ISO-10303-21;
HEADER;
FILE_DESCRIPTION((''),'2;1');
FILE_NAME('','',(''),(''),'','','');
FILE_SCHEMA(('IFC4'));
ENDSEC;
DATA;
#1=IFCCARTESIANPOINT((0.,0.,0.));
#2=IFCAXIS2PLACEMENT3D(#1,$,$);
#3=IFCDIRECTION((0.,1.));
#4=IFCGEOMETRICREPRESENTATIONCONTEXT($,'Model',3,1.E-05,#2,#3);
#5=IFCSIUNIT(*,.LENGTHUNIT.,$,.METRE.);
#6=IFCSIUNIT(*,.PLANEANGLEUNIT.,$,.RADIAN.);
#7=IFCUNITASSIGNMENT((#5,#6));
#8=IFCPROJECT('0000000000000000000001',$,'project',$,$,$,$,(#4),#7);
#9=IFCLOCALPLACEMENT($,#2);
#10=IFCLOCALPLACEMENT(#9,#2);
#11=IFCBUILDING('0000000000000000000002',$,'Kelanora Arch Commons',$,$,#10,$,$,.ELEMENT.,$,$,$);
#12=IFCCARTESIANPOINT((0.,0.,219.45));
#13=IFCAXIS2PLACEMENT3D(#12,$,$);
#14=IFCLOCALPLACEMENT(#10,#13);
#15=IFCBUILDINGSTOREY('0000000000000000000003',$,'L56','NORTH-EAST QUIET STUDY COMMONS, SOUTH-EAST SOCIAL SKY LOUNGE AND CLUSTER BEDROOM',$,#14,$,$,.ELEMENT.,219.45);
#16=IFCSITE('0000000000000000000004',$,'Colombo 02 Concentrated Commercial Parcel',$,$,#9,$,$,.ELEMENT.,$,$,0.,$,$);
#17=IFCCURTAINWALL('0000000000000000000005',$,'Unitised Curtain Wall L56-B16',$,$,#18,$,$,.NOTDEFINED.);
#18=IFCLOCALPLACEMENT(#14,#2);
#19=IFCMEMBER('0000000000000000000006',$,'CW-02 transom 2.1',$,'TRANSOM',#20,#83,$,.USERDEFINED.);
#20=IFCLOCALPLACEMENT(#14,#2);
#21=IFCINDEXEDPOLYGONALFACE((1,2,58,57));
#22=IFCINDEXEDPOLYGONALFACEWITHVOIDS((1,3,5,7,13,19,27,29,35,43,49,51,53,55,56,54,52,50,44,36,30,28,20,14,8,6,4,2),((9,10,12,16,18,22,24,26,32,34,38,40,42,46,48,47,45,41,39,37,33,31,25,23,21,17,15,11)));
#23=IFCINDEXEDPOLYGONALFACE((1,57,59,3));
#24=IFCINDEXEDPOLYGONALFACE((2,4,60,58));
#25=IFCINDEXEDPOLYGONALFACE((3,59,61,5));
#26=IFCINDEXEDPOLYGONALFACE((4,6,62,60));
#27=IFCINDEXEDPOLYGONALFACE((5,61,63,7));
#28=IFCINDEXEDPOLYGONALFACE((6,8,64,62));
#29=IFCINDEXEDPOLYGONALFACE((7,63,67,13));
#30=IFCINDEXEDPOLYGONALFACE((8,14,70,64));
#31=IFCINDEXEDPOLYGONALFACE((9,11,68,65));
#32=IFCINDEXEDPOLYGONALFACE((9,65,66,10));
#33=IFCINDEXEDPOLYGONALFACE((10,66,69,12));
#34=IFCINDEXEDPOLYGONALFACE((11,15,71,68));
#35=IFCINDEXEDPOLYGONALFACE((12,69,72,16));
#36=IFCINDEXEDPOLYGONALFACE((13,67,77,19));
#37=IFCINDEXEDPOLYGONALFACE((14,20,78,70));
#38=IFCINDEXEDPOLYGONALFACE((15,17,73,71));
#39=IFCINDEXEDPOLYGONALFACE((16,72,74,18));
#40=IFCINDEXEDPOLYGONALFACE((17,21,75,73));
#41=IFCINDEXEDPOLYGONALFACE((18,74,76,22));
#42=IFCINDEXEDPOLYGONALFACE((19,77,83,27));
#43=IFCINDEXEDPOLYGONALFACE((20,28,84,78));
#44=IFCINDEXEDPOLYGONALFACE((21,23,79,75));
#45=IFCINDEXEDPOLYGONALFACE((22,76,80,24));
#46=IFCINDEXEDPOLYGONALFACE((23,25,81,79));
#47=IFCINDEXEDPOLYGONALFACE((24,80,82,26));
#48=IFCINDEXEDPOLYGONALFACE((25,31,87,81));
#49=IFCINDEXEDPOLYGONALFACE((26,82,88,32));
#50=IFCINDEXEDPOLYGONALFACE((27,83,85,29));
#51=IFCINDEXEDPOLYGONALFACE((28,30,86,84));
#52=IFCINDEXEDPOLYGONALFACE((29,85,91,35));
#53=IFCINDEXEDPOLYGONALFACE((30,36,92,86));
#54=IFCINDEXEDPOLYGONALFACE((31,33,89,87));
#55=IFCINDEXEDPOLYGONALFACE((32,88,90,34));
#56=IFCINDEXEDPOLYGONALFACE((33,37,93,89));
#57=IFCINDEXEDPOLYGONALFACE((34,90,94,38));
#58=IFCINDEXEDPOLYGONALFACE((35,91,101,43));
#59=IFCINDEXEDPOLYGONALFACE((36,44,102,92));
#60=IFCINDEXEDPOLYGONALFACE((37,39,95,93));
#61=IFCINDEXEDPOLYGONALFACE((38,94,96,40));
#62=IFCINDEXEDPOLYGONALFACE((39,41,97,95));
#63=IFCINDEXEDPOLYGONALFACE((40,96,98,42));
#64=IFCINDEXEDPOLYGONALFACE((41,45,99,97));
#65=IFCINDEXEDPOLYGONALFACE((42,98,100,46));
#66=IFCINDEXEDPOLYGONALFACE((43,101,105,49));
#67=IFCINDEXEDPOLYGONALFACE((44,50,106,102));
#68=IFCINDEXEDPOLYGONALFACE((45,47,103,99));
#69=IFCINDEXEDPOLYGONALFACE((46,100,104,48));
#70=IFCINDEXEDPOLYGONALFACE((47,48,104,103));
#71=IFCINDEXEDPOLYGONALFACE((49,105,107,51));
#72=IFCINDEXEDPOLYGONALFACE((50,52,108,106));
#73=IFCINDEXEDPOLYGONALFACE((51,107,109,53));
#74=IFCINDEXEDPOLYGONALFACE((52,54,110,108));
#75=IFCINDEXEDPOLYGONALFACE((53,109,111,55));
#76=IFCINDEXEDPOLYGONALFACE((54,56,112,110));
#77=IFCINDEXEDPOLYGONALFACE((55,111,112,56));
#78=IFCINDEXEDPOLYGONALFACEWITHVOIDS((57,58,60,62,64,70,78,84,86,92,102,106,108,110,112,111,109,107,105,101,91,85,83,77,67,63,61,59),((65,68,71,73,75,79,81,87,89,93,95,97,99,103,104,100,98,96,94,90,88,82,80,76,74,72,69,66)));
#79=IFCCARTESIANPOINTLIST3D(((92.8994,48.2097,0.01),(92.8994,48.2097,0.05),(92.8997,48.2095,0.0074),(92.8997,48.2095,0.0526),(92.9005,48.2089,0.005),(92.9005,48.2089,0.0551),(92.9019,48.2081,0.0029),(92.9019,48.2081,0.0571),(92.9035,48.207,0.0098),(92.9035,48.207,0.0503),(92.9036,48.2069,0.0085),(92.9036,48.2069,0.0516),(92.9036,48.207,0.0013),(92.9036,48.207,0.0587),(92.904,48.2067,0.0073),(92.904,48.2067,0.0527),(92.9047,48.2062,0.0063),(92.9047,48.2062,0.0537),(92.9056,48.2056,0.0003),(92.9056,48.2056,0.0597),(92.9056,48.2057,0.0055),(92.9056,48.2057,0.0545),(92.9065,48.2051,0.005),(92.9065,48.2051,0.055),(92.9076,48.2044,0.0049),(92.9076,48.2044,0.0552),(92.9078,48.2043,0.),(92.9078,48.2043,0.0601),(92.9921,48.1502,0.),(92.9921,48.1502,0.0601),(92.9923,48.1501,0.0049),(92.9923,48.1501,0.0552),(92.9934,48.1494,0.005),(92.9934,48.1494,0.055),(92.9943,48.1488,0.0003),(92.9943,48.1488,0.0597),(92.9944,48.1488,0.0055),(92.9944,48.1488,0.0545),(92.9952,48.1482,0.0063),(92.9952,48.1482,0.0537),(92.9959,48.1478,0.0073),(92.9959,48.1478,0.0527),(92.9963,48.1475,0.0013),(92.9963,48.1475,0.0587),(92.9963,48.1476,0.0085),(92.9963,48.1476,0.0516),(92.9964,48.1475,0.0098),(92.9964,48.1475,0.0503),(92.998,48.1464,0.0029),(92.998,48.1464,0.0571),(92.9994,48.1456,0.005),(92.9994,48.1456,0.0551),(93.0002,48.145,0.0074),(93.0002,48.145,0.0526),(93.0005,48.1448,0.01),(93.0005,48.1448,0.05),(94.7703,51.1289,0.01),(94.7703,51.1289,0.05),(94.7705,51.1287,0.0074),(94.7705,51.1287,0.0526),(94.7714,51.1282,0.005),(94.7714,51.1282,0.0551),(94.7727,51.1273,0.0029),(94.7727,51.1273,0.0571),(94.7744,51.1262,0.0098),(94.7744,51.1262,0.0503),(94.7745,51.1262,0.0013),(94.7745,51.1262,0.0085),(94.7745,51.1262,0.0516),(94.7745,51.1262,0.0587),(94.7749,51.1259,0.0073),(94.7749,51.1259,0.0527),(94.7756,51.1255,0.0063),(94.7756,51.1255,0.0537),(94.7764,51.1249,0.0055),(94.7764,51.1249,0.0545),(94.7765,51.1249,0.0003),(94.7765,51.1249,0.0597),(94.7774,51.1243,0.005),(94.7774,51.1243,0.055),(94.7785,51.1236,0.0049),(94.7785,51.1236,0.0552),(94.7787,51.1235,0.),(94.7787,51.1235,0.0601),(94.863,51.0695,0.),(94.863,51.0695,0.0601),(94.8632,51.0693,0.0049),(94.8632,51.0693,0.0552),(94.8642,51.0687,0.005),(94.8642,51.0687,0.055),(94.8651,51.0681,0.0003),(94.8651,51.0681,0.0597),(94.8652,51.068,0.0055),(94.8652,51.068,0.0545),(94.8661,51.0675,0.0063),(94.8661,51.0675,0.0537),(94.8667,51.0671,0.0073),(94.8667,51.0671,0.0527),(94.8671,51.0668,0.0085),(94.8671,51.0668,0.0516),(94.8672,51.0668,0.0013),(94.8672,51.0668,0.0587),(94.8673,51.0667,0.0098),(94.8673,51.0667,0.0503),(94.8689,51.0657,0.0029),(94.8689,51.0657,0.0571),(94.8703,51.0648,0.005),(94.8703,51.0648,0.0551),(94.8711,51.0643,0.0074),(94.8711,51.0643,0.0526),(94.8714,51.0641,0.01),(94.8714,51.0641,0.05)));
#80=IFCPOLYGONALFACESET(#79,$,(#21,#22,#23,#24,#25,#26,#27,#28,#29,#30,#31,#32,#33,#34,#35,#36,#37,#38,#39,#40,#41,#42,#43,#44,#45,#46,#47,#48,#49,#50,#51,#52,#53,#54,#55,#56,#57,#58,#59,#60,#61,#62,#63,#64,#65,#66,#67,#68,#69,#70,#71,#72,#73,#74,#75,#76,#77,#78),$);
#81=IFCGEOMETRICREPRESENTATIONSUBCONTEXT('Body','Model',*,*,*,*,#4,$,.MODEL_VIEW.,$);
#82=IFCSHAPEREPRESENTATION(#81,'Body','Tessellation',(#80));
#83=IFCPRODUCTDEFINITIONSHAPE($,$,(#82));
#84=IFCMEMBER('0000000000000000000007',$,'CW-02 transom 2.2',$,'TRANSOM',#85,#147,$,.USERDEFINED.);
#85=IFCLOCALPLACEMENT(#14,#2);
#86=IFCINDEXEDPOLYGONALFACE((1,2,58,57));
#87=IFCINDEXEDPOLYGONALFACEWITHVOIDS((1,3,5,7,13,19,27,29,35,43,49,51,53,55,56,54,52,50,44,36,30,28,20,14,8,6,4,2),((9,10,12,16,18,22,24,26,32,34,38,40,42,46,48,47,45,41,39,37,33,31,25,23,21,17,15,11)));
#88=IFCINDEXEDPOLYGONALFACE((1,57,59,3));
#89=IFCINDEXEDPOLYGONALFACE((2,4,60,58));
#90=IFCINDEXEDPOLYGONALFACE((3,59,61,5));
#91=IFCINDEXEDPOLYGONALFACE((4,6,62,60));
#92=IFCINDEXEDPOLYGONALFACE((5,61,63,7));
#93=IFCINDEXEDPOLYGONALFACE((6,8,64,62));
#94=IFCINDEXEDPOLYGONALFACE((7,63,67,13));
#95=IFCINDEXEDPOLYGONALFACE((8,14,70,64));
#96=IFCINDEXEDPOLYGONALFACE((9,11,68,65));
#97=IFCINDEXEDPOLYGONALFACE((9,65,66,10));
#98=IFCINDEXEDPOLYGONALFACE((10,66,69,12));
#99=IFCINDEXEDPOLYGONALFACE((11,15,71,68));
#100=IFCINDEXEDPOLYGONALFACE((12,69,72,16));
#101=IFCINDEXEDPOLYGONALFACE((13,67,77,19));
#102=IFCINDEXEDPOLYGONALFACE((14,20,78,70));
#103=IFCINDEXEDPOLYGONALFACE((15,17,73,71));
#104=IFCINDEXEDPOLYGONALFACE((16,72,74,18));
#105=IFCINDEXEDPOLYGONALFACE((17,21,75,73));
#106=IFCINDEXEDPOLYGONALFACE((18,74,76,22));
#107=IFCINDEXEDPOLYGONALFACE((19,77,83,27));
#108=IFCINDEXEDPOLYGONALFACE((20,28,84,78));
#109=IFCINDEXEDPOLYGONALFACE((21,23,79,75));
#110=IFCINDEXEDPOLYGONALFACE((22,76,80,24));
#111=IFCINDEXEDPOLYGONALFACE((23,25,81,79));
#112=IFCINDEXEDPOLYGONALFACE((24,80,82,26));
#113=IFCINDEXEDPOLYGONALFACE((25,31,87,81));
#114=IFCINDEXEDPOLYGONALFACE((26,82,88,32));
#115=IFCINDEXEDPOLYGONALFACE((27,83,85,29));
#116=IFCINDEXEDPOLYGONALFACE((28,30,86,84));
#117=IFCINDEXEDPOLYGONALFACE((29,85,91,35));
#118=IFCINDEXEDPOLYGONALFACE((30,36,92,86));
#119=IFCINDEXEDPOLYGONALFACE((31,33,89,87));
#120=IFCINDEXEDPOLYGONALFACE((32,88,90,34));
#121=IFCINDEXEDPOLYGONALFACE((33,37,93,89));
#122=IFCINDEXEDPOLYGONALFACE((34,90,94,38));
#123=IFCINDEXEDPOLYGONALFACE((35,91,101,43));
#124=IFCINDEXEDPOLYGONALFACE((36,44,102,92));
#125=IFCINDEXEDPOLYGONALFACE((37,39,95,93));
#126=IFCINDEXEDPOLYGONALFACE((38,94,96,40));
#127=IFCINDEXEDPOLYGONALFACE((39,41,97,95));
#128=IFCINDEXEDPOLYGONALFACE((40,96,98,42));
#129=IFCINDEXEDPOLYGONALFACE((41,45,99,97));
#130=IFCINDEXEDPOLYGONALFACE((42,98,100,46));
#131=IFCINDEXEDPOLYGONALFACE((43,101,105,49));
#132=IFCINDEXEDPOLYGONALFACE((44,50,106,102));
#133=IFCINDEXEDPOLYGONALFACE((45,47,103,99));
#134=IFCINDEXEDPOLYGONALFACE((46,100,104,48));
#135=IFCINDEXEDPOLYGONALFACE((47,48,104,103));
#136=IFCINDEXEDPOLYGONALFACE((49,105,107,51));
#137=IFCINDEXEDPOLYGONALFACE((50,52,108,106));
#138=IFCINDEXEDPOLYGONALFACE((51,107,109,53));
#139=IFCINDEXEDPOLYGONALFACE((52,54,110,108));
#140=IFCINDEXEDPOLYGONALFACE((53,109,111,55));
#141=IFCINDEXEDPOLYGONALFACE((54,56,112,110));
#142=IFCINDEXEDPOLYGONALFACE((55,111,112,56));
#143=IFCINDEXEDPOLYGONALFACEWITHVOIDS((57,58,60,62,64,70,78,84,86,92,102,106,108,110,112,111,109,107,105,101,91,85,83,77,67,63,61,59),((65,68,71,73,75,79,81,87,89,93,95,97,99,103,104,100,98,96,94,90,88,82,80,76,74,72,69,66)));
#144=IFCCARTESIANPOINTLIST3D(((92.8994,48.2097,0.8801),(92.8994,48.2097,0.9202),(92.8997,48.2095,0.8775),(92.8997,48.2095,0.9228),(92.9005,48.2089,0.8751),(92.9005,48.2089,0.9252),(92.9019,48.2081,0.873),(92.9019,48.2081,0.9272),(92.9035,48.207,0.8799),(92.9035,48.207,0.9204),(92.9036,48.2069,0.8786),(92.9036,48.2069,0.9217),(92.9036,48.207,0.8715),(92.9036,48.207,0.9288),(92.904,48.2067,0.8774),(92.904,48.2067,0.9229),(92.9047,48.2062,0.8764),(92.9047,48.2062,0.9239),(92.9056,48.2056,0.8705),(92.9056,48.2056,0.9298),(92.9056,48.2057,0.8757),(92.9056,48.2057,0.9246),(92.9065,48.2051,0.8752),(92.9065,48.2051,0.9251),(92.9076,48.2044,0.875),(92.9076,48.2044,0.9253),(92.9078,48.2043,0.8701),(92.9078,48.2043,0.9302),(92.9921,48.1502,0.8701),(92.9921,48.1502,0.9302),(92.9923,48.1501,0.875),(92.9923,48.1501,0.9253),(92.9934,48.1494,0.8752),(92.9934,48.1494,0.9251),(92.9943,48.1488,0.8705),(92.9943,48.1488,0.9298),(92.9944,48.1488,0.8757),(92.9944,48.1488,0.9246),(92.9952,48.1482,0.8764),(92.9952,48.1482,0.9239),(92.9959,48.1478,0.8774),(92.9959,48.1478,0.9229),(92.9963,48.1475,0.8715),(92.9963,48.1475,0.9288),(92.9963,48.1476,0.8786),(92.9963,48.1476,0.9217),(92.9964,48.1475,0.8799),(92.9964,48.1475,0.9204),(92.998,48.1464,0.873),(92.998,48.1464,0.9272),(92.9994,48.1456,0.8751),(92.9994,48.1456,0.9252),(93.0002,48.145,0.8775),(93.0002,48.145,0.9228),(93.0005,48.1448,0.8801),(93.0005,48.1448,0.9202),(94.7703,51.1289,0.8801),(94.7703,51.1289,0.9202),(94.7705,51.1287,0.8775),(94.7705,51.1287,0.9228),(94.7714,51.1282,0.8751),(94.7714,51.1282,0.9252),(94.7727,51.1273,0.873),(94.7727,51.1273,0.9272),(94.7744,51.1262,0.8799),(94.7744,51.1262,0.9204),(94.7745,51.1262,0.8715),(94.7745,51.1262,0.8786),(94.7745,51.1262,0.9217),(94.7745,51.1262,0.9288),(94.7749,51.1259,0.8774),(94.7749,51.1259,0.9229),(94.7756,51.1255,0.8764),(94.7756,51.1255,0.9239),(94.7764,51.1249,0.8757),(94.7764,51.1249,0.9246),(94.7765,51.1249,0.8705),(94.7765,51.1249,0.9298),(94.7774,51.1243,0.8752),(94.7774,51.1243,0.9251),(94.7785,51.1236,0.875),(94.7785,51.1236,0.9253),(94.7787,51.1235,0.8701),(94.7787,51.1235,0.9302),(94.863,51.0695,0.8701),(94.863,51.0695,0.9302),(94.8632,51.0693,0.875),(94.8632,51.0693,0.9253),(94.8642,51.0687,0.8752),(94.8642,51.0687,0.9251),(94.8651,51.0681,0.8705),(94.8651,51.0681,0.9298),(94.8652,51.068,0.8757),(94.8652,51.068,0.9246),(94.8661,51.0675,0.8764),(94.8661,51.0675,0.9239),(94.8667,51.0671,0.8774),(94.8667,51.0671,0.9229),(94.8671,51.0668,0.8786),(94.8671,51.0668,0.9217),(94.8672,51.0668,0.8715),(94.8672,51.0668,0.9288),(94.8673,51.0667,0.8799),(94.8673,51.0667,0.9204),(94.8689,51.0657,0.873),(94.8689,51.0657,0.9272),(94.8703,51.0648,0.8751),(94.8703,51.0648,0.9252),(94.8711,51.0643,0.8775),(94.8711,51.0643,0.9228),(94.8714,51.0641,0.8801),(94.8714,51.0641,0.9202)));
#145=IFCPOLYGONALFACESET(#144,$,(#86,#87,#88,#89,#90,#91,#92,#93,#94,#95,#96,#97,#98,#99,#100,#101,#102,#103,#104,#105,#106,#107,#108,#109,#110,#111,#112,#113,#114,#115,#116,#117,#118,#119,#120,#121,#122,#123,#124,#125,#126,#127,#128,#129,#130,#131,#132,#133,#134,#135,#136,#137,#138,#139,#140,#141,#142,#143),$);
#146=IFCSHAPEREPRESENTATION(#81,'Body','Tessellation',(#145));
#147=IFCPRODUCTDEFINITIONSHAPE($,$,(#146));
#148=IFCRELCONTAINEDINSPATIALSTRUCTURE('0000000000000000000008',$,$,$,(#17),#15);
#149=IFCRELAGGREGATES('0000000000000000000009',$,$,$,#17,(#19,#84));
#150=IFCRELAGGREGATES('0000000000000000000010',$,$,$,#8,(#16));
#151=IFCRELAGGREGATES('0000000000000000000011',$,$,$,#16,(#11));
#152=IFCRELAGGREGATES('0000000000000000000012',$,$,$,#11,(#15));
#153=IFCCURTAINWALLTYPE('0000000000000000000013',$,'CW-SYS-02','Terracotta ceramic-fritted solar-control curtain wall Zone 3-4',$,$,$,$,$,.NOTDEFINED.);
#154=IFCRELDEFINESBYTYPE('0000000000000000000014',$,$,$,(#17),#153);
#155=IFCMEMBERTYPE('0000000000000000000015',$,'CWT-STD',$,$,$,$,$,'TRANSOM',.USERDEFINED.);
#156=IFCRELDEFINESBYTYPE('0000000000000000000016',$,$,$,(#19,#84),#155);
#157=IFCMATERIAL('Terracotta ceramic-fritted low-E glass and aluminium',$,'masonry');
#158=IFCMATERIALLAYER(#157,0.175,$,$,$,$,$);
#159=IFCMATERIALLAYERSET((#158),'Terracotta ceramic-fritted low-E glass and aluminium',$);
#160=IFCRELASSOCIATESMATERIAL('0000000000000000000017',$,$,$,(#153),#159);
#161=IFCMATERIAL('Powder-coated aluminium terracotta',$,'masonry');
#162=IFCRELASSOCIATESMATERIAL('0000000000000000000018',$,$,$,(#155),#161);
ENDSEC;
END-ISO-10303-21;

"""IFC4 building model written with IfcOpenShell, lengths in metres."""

from ifc_helpers import new_model, si_unit, direction, frame, origin, origin_2d, place, context, subcontext, project, spatial, hollow_rectangle, extrude, material, layer, layer_set, material_profile, profile_set, type_object, element, aggregate, save


model = new_model("IFC4")

# Units and contexts
model_context = context("Model", 3, precision=1e-05, world=origin(), true_north=direction((0.0, 1.0)))
body_context = subcontext(model_context, "Body", "Model", "MODEL_VIEW")
ifc_project = project(units=[si_unit("LENGTHUNIT", "METRE"), si_unit("PLANEANGLEUNIT", "RADIAN")], contexts=[model_context])

# Site, building, storey
site_placement = place(None, origin())
site = spatial("IfcSite", under=ifc_project, at=site_placement, Name="Colombo 02 Concentrated Commercial Parcel", CompositionType="ELEMENT", RefElevation=0.0)
building_placement = place(site_placement, origin())
building = spatial("IfcBuilding", under=site, at=building_placement, Name="Kelanora Arch Commons", CompositionType="ELEMENT")
storey_placement = place(building_placement, frame((0.0, 0.0, 219.45)))
storey = spatial("IfcBuildingStorey", under=building, at=storey_placement, Name="L56", Description="NORTH-EAST QUIET STUDY COMMONS, SOUTH-EAST SOCIAL SKY LOUNGE AND CLUSTER BEDROOM", CompositionType="ELEMENT", Elevation=219.45)

# Curtain wall, members
ifc_material_1 = material(Name="Terracotta ceramic-fritted low-E glass and aluminium", Category="masonry")
ifc_layer_1 = layer(ifc_material_1, 0.175)
ifc_layer_set_1 = layer_set([ifc_layer_1], Name="Terracotta ceramic-fritted low-E glass and aluminium")
curtain_wall_type = type_object("IfcCurtainWallType", Name="CW-SYS-02", Description="Terracotta ceramic-fritted solar-control curtain wall Zone 3-4", PredefinedType="NOTDEFINED", material=ifc_layer_set_1)
curtain_wall_placement = place(storey_placement, origin())
curtain_wall = element("IfcCurtainWall", 1, at=curtain_wall_placement, inside=storey, type_object=curtain_wall_type, Name="Unitised Curtain Wall L56-B16", PredefinedType="NOTDEFINED")
ifc_material_2 = material(Name="Powder-coated aluminium terracotta", Category="masonry")
ifc_material_profile_1 = material_profile(ifc_material_2, hollow_rectangle(XDim=0.1201, YDim=0.0601, WallThickness=0.0049, InnerFilletRadius=0.0049, OuterFilletRadius=0.01, at=origin_2d()), Name="CWT120x60")
ifc_profile_set_1 = profile_set([ifc_material_profile_1], Name="Powder-coated aluminium terracotta")
member_type_1 = type_object("IfcMemberType", Name="CWT-STD", ElementType="TRANSOM", PredefinedType="USERDEFINED", material=ifc_profile_set_1)
member_1_placement = place(storey_placement, frame((92.95, 48.1772, 0.03), z_axis=(0.539579, 0.841935, 0.0), x_axis=(-0.841935, 0.539579, 0.0)))
member_1 = element("IfcMember", 2, at=member_1_placement, type_object=member_type_1, Name="CW-02 transom 2.1", ObjectType="TRANSOM", PredefinedType="USERDEFINED", context=body_context, shape_type="SweptSolid", body=[
    extrude(hollow_rectangle(XDim=0.1201, YDim=0.0601, WallThickness=0.0049, InnerFilletRadius=0.0049, OuterFilletRadius=0.01, at=origin_2d()), origin(), (0.0, 0.0, 1.0), 3.4673),
])
member_2_placement = place(storey_placement, frame((92.95, 48.1772, 0.9001), z_axis=(0.539579, 0.841935, 0.0), x_axis=(-0.841935, 0.539579, 0.0)))
member_2 = element("IfcMember", 3, at=member_2_placement, type_object=member_type_1, Name="CW-02 transom 2.2", ObjectType="TRANSOM", PredefinedType="USERDEFINED", context=body_context, shape_type="SweptSolid", body=[
    extrude(hollow_rectangle(XDim=0.1201, YDim=0.0601, WallThickness=0.0049, InnerFilletRadius=0.0049, OuterFilletRadius=0.01, at=origin_2d()), origin(), (0.0, 0.0, 1.0), 3.4673),
])
aggregate(curtain_wall, [member_1, member_2])

save(model, "model.ifc")
